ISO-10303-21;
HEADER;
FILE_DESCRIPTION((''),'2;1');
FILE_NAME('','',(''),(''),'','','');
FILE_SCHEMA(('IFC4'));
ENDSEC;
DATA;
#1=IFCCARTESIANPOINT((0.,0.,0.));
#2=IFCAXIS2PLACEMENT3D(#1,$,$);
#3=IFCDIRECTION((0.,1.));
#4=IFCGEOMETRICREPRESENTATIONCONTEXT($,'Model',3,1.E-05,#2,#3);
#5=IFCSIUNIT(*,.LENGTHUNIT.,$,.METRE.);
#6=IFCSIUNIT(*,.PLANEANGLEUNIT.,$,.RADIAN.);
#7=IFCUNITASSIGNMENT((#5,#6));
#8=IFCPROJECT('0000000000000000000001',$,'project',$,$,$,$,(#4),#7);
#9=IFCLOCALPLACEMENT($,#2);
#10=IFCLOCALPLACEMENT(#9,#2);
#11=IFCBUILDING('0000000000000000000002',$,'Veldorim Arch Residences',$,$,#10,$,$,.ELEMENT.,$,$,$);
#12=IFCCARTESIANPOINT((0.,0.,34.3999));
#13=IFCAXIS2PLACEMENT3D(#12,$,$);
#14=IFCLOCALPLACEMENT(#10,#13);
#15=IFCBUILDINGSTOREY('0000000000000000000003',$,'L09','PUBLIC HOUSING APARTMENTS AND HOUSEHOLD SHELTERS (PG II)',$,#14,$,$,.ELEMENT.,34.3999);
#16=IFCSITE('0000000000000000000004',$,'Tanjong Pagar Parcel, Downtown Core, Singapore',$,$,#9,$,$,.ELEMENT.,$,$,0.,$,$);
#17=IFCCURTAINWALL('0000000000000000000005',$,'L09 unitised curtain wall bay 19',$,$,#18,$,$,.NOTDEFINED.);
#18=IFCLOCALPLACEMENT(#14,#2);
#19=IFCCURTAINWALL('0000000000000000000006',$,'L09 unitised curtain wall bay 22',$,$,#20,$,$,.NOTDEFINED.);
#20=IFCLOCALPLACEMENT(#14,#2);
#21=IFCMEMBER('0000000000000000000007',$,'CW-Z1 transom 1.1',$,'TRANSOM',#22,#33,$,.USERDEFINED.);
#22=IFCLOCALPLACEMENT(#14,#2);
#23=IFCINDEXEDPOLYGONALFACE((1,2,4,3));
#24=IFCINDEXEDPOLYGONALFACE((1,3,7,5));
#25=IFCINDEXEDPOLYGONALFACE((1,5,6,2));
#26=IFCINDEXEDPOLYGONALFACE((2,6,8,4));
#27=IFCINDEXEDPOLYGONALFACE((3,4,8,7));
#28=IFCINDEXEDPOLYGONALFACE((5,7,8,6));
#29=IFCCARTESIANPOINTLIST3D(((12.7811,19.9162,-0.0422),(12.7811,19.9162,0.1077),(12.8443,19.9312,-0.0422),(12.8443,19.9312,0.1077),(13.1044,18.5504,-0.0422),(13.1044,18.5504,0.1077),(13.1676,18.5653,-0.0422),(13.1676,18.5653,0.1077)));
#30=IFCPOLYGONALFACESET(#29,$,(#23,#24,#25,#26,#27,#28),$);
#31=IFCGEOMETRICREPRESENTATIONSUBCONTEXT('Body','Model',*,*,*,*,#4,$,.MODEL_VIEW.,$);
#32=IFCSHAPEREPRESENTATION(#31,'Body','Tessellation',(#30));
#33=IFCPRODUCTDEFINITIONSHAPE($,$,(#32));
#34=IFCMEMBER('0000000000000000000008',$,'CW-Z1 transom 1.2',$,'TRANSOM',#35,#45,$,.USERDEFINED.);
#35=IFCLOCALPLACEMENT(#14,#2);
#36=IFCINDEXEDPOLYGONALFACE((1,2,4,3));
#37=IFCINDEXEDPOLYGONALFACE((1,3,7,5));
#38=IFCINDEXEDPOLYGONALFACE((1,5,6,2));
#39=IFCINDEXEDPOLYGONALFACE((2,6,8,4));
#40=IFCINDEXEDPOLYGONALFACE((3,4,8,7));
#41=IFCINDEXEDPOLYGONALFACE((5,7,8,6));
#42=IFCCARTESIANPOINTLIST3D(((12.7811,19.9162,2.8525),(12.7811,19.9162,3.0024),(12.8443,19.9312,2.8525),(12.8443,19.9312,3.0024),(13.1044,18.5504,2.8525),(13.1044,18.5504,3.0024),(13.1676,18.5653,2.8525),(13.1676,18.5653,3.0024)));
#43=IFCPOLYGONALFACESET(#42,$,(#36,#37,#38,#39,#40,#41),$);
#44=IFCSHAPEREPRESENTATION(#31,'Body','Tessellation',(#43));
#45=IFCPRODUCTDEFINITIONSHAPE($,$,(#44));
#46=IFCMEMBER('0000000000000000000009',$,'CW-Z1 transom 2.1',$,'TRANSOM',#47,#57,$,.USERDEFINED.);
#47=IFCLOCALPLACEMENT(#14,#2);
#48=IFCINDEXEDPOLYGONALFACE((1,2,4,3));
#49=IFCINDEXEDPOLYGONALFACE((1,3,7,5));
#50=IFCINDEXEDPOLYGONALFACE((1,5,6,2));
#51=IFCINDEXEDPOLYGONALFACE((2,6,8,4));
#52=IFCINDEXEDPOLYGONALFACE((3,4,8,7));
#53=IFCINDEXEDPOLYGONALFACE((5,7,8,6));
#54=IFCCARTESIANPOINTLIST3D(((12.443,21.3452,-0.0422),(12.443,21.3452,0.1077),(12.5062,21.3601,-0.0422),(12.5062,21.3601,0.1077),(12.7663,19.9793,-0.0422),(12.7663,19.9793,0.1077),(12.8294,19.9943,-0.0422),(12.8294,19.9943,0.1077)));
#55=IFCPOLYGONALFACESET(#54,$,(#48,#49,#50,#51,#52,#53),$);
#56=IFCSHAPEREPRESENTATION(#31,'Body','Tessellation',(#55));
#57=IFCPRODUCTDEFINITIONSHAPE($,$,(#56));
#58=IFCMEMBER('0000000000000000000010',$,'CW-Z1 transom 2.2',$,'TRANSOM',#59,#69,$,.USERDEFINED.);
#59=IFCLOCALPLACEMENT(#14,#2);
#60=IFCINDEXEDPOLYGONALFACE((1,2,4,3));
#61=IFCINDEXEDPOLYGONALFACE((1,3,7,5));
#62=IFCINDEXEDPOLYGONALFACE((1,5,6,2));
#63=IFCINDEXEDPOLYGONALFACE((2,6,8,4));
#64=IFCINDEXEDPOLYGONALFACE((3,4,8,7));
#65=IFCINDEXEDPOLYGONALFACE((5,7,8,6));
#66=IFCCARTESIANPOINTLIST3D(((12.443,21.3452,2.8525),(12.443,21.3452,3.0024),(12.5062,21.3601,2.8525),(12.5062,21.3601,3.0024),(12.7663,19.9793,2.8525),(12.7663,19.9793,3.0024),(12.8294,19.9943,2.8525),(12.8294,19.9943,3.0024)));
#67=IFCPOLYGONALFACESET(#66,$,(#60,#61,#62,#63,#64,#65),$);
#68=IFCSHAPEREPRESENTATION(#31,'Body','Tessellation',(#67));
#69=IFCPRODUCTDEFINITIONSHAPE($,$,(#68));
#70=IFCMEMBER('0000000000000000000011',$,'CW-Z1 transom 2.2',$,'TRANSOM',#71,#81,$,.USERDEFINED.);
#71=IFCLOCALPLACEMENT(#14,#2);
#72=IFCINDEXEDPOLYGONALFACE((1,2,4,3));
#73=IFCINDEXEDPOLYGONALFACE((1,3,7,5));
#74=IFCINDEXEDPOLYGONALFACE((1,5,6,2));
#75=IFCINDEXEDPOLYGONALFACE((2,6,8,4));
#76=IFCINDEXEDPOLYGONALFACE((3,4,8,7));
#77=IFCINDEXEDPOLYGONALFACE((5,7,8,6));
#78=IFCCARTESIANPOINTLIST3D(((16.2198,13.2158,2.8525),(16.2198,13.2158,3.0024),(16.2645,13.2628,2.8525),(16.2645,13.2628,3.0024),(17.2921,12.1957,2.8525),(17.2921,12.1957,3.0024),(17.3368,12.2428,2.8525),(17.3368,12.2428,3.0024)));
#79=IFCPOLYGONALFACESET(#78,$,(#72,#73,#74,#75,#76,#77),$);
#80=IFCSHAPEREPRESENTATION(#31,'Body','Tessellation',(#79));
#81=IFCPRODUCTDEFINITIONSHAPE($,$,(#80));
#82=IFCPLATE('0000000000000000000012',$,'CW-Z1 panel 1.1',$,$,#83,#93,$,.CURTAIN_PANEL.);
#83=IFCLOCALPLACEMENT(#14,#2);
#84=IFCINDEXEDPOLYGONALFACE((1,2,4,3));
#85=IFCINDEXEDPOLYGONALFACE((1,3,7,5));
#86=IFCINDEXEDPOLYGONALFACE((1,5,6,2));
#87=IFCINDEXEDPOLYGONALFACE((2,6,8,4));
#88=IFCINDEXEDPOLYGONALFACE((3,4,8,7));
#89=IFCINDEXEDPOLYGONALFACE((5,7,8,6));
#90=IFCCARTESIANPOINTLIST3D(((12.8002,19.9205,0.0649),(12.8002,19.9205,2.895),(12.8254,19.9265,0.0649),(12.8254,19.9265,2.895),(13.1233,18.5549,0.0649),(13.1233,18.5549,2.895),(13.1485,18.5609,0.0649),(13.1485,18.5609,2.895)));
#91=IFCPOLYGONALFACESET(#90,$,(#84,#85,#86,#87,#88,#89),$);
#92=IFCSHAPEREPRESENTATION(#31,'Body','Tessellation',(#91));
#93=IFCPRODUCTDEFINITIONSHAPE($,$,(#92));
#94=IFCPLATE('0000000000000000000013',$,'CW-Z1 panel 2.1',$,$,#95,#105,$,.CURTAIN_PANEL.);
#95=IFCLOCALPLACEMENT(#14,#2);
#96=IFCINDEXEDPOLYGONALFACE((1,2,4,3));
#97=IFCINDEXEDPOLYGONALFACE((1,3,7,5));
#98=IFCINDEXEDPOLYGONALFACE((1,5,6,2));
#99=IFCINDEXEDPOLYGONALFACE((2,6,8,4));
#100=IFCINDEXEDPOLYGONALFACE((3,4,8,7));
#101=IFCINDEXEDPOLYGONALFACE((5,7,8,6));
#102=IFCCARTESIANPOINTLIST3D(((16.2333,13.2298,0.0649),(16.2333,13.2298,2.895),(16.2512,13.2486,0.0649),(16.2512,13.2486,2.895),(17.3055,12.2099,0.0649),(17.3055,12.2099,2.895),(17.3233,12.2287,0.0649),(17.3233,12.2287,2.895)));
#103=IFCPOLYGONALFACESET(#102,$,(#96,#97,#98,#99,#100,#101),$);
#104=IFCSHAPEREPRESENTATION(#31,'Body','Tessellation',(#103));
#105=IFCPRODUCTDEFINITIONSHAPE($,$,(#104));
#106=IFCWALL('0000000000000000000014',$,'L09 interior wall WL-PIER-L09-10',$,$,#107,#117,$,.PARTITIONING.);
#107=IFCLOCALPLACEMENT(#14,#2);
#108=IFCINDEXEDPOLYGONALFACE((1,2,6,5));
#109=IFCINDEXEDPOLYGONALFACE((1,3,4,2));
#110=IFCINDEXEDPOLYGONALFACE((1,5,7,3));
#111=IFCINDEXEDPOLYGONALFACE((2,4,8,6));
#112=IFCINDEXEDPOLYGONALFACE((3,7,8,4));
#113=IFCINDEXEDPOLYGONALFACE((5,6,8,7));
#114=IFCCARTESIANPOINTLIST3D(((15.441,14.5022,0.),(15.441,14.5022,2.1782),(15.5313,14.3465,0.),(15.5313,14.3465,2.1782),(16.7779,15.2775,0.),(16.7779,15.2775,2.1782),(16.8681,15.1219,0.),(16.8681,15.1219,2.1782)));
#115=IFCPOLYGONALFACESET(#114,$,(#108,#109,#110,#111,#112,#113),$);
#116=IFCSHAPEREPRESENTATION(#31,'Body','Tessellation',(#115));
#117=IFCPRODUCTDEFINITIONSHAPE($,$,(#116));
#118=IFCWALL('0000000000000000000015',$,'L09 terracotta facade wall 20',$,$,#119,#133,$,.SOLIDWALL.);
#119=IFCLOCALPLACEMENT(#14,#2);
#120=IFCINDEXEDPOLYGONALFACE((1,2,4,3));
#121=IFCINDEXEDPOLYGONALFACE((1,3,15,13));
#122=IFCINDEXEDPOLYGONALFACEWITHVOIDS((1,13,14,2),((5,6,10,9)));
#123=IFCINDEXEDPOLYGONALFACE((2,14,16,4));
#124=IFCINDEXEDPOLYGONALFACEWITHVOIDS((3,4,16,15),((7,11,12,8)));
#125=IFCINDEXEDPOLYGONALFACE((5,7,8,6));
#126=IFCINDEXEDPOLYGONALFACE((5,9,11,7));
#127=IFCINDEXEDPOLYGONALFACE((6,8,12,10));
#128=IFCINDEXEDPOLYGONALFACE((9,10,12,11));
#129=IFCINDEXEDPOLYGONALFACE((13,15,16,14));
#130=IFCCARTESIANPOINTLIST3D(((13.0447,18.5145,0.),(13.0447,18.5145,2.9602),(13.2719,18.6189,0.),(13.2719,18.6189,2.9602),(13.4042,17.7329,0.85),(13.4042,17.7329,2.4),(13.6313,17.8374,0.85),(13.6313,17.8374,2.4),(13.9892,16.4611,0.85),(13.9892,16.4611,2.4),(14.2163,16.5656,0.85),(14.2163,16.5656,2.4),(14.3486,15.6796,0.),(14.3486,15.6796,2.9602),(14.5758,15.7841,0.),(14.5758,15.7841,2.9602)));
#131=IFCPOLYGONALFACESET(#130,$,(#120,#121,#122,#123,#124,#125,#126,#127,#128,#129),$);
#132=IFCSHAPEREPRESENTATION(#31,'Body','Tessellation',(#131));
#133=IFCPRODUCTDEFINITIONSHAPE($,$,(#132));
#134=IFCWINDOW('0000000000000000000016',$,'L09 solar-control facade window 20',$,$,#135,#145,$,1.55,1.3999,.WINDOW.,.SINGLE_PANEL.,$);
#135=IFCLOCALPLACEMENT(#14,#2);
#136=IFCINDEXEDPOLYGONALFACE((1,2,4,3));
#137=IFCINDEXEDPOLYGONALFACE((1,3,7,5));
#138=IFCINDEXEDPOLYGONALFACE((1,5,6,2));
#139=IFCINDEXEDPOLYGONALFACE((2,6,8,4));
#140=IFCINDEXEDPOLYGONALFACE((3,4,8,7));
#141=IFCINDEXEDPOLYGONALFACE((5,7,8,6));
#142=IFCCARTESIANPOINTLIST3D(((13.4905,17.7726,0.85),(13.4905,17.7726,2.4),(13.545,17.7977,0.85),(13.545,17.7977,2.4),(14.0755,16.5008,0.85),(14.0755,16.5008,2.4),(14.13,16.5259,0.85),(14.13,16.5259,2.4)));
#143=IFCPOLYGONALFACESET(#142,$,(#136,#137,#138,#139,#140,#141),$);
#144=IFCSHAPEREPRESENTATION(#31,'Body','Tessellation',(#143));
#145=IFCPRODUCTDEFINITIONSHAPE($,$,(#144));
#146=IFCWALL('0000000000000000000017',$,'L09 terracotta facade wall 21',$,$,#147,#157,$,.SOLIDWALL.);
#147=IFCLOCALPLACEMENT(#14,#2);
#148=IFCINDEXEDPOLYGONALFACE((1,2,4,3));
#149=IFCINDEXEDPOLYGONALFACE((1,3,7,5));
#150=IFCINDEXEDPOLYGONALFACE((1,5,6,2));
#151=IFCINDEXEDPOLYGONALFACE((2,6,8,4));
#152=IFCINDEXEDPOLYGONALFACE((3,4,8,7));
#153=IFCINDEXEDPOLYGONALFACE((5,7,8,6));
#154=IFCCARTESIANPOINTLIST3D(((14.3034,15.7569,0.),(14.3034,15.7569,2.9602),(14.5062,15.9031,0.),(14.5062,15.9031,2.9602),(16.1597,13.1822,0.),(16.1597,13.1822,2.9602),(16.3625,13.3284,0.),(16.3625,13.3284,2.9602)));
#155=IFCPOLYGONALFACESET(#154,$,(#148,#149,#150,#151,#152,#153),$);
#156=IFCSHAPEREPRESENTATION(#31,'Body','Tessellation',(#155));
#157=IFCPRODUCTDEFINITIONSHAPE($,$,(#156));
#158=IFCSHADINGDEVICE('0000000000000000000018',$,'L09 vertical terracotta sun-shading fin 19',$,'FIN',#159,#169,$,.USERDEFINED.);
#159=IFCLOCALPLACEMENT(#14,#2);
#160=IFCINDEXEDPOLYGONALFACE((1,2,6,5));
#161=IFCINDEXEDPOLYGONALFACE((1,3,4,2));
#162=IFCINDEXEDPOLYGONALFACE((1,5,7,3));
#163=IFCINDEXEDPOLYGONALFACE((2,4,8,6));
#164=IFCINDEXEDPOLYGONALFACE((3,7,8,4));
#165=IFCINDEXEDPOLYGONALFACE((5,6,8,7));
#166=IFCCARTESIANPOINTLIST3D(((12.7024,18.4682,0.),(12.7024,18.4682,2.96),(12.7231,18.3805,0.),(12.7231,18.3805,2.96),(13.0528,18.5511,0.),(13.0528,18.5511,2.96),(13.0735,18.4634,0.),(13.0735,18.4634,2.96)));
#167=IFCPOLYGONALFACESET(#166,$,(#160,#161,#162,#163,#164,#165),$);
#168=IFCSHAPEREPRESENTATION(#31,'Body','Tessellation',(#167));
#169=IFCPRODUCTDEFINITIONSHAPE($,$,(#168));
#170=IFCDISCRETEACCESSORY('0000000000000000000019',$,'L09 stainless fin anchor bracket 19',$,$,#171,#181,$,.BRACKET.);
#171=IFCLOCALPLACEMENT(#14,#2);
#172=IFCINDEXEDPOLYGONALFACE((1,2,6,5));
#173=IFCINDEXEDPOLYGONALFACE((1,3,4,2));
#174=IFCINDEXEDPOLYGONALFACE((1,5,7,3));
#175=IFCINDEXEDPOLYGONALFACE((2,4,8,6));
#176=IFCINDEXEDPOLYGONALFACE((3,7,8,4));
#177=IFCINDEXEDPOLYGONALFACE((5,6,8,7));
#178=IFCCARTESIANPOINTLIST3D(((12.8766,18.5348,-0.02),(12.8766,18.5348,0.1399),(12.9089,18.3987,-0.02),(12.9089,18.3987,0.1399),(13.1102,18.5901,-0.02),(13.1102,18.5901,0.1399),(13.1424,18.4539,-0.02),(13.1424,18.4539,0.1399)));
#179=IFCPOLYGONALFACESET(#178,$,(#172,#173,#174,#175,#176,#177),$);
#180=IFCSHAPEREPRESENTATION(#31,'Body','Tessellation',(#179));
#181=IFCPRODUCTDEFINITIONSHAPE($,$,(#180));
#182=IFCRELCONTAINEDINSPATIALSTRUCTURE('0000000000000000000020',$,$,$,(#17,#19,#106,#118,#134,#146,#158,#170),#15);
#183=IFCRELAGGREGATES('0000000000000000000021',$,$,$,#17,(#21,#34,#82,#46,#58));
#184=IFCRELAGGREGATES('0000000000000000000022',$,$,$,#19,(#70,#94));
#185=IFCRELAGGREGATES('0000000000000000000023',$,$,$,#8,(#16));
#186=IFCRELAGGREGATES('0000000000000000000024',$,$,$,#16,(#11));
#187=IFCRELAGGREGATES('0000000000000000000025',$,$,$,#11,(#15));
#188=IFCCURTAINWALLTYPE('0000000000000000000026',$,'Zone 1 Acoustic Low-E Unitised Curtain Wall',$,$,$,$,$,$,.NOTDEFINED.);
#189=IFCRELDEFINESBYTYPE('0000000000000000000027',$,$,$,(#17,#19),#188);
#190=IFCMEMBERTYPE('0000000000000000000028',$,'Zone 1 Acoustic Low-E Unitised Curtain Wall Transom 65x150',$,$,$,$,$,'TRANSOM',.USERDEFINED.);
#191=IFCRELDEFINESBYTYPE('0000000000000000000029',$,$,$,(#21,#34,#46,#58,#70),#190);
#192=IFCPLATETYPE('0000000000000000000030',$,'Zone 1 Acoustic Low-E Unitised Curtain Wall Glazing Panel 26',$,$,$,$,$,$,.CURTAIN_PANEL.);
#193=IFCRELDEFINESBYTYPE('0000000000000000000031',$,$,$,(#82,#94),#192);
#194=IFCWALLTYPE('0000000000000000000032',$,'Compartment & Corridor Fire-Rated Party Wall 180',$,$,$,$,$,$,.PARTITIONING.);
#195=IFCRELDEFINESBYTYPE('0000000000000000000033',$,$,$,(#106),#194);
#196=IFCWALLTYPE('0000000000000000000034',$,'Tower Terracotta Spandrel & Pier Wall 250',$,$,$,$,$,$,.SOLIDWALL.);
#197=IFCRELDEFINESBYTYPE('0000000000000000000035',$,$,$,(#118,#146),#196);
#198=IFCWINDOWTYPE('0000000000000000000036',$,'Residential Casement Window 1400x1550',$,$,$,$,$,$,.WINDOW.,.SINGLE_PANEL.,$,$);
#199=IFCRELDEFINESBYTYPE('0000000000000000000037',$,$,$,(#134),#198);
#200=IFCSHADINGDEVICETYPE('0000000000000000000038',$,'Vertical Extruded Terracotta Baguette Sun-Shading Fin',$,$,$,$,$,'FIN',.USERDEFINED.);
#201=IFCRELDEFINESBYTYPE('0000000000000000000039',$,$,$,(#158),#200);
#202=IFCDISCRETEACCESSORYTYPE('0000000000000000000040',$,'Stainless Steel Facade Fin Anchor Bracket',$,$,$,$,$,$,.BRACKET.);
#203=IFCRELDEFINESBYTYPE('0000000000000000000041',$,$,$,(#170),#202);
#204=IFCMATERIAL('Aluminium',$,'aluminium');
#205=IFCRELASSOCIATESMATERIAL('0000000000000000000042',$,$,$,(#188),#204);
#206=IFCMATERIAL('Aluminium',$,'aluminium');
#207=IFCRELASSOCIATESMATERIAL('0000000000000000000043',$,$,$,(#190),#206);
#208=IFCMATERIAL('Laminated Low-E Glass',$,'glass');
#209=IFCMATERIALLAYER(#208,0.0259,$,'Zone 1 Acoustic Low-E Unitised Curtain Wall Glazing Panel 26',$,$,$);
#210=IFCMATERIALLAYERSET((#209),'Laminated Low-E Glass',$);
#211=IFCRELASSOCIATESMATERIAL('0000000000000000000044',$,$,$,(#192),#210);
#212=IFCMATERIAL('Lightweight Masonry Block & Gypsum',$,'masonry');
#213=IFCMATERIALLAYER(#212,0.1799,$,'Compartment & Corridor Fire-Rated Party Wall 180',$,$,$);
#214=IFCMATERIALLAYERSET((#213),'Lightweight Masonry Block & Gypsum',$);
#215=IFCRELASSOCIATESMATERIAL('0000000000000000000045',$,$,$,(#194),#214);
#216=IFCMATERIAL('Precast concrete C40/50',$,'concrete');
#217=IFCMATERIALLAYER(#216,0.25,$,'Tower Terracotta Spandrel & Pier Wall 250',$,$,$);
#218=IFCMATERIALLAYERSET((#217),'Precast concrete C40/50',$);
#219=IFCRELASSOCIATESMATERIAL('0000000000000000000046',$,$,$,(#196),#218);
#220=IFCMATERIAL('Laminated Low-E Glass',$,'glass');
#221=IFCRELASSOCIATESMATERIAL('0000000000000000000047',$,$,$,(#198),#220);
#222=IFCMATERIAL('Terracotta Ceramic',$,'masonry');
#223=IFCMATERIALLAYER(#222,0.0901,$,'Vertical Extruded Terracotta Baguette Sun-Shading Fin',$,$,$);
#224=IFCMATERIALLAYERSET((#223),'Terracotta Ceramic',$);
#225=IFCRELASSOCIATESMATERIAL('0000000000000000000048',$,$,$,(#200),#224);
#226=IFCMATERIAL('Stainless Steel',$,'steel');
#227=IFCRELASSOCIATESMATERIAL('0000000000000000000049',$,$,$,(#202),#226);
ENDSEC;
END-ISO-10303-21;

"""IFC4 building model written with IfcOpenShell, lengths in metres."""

from ifc_helpers import new_model, si_unit, direction, frame, frame_2d, origin, origin_2d, place, context, subcontext, project, spatial, rectangle, extrude, material, layer, layer_set, material_profile, profile_set, type_object, element, fill, aggregate, save


model = new_model("IFC4")

# Units and contexts
model_context = context("Model", 3, precision=1e-05, world=origin(), true_north=direction((0.0, 1.0)))
body_context = subcontext(model_context, "Body", "Model", "MODEL_VIEW")
ifc_project = project(units=[si_unit("LENGTHUNIT", "METRE"), si_unit("PLANEANGLEUNIT", "RADIAN")], contexts=[model_context])

# Site, building, storey
site_placement = place(None, origin())
site = spatial("IfcSite", under=ifc_project, at=site_placement, Name="Tanjong Pagar Parcel, Downtown Core, Singapore", CompositionType="ELEMENT", RefElevation=0.0)
building_placement = place(site_placement, origin())
building = spatial("IfcBuilding", under=site, at=building_placement, Name="Veldorim Arch Residences", CompositionType="ELEMENT")
storey_placement = place(building_placement, frame((0.0, 0.0, 34.3999)))
storey = spatial("IfcBuildingStorey", under=building, at=storey_placement, Name="L09", Description="PUBLIC HOUSING APARTMENTS AND HOUSEHOLD SHELTERS (PG II)", CompositionType="ELEMENT", Elevation=34.3999)

# Curtain wall
ifc_material_1 = material(Name="Aluminium", Category="aluminium")
curtain_wall_type = type_object("IfcCurtainWallType", Name="Zone 1 Acoustic Low-E Unitised Curtain Wall", PredefinedType="NOTDEFINED", material=ifc_material_1)
curtain_wall_1_placement = place(storey_placement, origin())
curtain_wall_1 = element("IfcCurtainWall", 1, at=curtain_wall_1_placement, inside=storey, type_object=curtain_wall_type, Name="L09 unitised curtain wall bay 19", PredefinedType="NOTDEFINED")

# Curtain wall
curtain_wall_2_placement = place(storey_placement, origin())
curtain_wall_2 = element("IfcCurtainWall", 2, at=curtain_wall_2_placement, inside=storey, type_object=curtain_wall_type, Name="L09 unitised curtain wall bay 22", PredefinedType="NOTDEFINED")

# Members
ifc_material_2 = material(Name="Aluminium", Category="aluminium")
ifc_material_profile_1 = material_profile(ifc_material_2, rectangle(XDim=0.0649, YDim=0.1499, at=origin_2d()), Name="ALU_TRN_65x150")
ifc_profile_set_1 = profile_set([ifc_material_profile_1], Name="Aluminium")
member_type_1 = type_object("IfcMemberType", Name="Zone 1 Acoustic Low-E Unitised Curtain Wall Transom 65x150", ElementType="TRANSOM", PredefinedType="USERDEFINED", material=ifc_profile_set_1)
member_1_placement = place(storey_placement, frame((13.136, 18.5579, 0.0327), z_axis=(-0.230319, 0.973115, 0.0), x_axis=(-0.973115, -0.230319, 0.0)))
member_1 = element("IfcMember", 3, at=member_1_placement, type_object=member_type_1, Name="CW-Z1 transom 1.1", ObjectType="TRANSOM", PredefinedType="USERDEFINED", context=body_context, shape_type="SweptSolid", body=[
    extrude(rectangle(XDim=0.0649, YDim=0.1499, at=origin_2d()), origin(), (0.0, 0.0, 1.0), 1.4036),
])
member_2_placement = place(storey_placement, frame((13.136, 18.5579, 2.9275), z_axis=(-0.230319, 0.973115, 0.0), x_axis=(-0.973115, -0.230319, 0.0)))
member_2 = element("IfcMember", 4, at=member_2_placement, type_object=member_type_1, Name="CW-Z1 transom 1.2", ObjectType="TRANSOM", PredefinedType="USERDEFINED", context=body_context, shape_type="SweptSolid", body=[
    extrude(rectangle(XDim=0.0649, YDim=0.1499, at=origin_2d()), origin(), (0.0, 0.0, 1.0), 1.4036),
])
member_3_placement = place(storey_placement, frame((12.7979, 19.9868, 0.0327), z_axis=(-0.230319, 0.973115, 0.0), x_axis=(-0.973115, -0.230319, 0.0)))
member_3 = element("IfcMember", 5, at=member_3_placement, type_object=member_type_1, Name="CW-Z1 transom 2.1", ObjectType="TRANSOM", PredefinedType="USERDEFINED", context=body_context, shape_type="SweptSolid", body=[
    extrude(rectangle(XDim=0.0649, YDim=0.1499, at=origin_2d()), origin(), (0.0, 0.0, 1.0), 1.4036),
])
member_4_placement = place(storey_placement, frame((12.7979, 19.9868, 2.9275), z_axis=(-0.230319, 0.973115, 0.0), x_axis=(-0.973115, -0.230319, 0.0)))
member_4 = element("IfcMember", 6, at=member_4_placement, type_object=member_type_1, Name="CW-Z1 transom 2.2", ObjectType="TRANSOM", PredefinedType="USERDEFINED", context=body_context, shape_type="SweptSolid", body=[
    extrude(rectangle(XDim=0.0649, YDim=0.1499, at=origin_2d()), origin(), (0.0, 0.0, 1.0), 1.4036),
])
member_5_placement = place(storey_placement, frame((17.3145, 12.2192, 2.9275), z_axis=(-0.724538, 0.689235, 0.0), x_axis=(-0.689235, -0.724538, 0.0)))
member_5 = element("IfcMember", 7, at=member_5_placement, type_object=member_type_1, Name="CW-Z1 transom 2.2", ObjectType="TRANSOM", PredefinedType="USERDEFINED", context=body_context, shape_type="SweptSolid", body=[
    extrude(rectangle(XDim=0.0649, YDim=0.1499, at=origin_2d()), origin(), (0.0, 0.0, 1.0), 1.48),
])

# Plates
ifc_material_3 = material(Name="Laminated Low-E Glass", Category="glass")
ifc_layer_1 = layer(ifc_material_3, 0.0259, Name="Zone 1 Acoustic Low-E Unitised Curtain Wall Glazing Panel 26")
ifc_layer_set_1 = layer_set([ifc_layer_1], Name="Laminated Low-E Glass")
plate_type = type_object("IfcPlateType", Name="Zone 1 Acoustic Low-E Unitised Curtain Wall Glazing Panel 26", PredefinedType="CURTAIN_PANEL", material=ifc_layer_set_1)
plate_1_placement = place(storey_placement, frame((12.9744, 19.2407, 0.0649), z_axis=(0.0, 0.0, 1.0), x_axis=(-0.230257, 0.97313, 0.0)))
plate_1 = element("IfcPlate", 8, at=plate_1_placement, type_object=plate_type, Name="CW-Z1 panel 1.1", PredefinedType="CURTAIN_PANEL", context=body_context, shape_type="SweptSolid", body=[
    extrude(rectangle(XDim=1.4033, YDim=0.0259, at=origin_2d()), origin(), (0.0, 0.0, 1.0), 2.8301),
])
aggregate(curtain_wall_1, [member_1, member_2, plate_1, member_3, member_4])
plate_2_placement = place(storey_placement, frame((16.7783, 12.7292, 0.0649), z_axis=(0.0, 0.0, 1.0), x_axis=(-0.724528, 0.689245, 0.0)))
plate_2 = element("IfcPlate", 9, at=plate_2_placement, type_object=plate_type, Name="CW-Z1 panel 2.1", PredefinedType="CURTAIN_PANEL", context=body_context, shape_type="SweptSolid", body=[
    extrude(rectangle(XDim=1.4797, YDim=0.0259, at=origin_2d()), origin(), (0.0, 0.0, 1.0), 2.8301),
])
aggregate(curtain_wall_2, [member_5, plate_2])

# Wall
ifc_material_4 = material(Name="Lightweight Masonry Block & Gypsum", Category="masonry")
ifc_layer_2 = layer(ifc_material_4, 0.1799, Name="Compartment & Corridor Fire-Rated Party Wall 180")
ifc_layer_set_2 = layer_set([ifc_layer_2], Name="Lightweight Masonry Block & Gypsum")
wall_type_1 = type_object("IfcWallType", Name="Compartment & Corridor Fire-Rated Party Wall 180", PredefinedType="PARTITIONING", material=ifc_layer_set_2)
wall_1_placement = place(storey_placement, frame((16.823, 15.1997, 0.0), z_axis=(0.0, 0.0, 1.0), x_axis=(-0.865037, -0.501709, 0.0)))
element("IfcWall", 10, at=wall_1_placement, inside=storey, type_object=wall_type_1, Name="L09 interior wall WL-PIER-L09-10", PredefinedType="PARTITIONING", context=body_context, shape_type="SweptSolid", body=[
    extrude(rectangle(XDim=1.5454, YDim=0.1799, at=frame_2d((0.7727, 0.0))), origin(), (0.0, 0.0, 1.0), 2.1782),
])

# Wall, opening, window
ifc_material_5 = material(Name="Precast concrete C40/50", Category="concrete")
ifc_layer_3 = layer(ifc_material_5, 0.25, Name="Tower Terracotta Spandrel & Pier Wall 250")
ifc_layer_set_3 = layer_set([ifc_layer_3], Name="Precast concrete C40/50")
wall_type_2 = type_object("IfcWallType", Name="Tower Terracotta Spandrel & Pier Wall 250", PredefinedType="SOLIDWALL", material=ifc_layer_set_3)
wall_2_placement = place(storey_placement, frame((14.4622, 15.7319, 0.0), z_axis=(0.0, 0.0, 1.0), x_axis=(-0.417872, 0.908506, 0.0)))
wall_2 = element("IfcWall", 11, at=wall_2_placement, inside=storey, type_object=wall_type_2, Name="L09 terracotta facade wall 20", PredefinedType="SOLIDWALL", context=body_context, shape_type="SweptSolid", body=[
    extrude(rectangle(XDim=3.1204, YDim=0.25, at=frame_2d((1.5601, 0.0))), origin(), (0.0, 0.0, 1.0), 2.9602),
])
opening_placement = place(wall_2_placement, frame((0.8601, 0.0, 0.8501)))
opening = element("IfcOpeningElement", 12, at=opening_placement, cuts=wall_2, PredefinedType="OPENING", context=body_context, shape_type="SweptSolid", body=[
    extrude(rectangle(XDim=1.3999, YDim=1.55, at=frame_2d((0.7, 0.7749))), frame((0.0, 0.135, 0.0), z_axis=(0.0, -1.0, 0.0), x_axis=(1.0, 0.0, 0.0)), (0.0, 0.0, 1.0), 0.27),
])
ifc_material_6 = material(Name="Laminated Low-E Glass", Category="glass")
window_type = type_object("IfcWindowType", Name="Residential Casement Window 1400x1550", PartitioningType="SINGLE_PANEL", PredefinedType="WINDOW", material=ifc_material_6)
window_placement = place(opening_placement, origin())
window = element("IfcWindow", 13, at=window_placement, inside=storey, type_object=window_type, Name="L09 solar-control facade window 20", OverallHeight=1.55, OverallWidth=1.3999, PartitioningType="SINGLE_PANEL", PredefinedType="WINDOW", context=body_context, shape_type="SweptSolid", body=[
    extrude(rectangle(XDim=1.3999, YDim=1.55, at=frame_2d((0.7, 0.7749))), frame((0.0, 0.03, 0.0), z_axis=(0.0, -1.0, 0.0), x_axis=(1.0, 0.0, 0.0)), (0.0, 0.0, 1.0), 0.0601),
])
fill(opening, window)

# Wall
wall_3_placement = place(storey_placement, frame((16.261, 13.2554, 0.0), z_axis=(0.0, 0.0, 1.0), x_axis=(-0.584805, 0.811174, 0.0)))
element("IfcWall", 14, at=wall_3_placement, inside=storey, type_object=wall_type_2, Name="L09 terracotta facade wall 21", PredefinedType="SOLIDWALL", context=body_context, shape_type="SweptSolid", body=[
    extrude(rectangle(XDim=3.1741, YDim=0.25, at=frame_2d((1.5869, 0.0))), origin(), (0.0, 0.0, 1.0), 2.9602),
])

# Shading device
ifc_material_7 = material(Name="Terracotta Ceramic", Category="masonry")
ifc_layer_4 = layer(ifc_material_7, 0.0901, Name="Vertical Extruded Terracotta Baguette Sun-Shading Fin")
ifc_layer_set_4 = layer_set([ifc_layer_4], Name="Terracotta Ceramic")
shading_device_type = type_object("IfcShadingDeviceType", Name="Vertical Extruded Terracotta Baguette Sun-Shading Fin", ElementType="FIN", PredefinedType="USERDEFINED", material=ifc_layer_set_4)
shading_device_placement = place(storey_placement, frame((12.8879, 18.4658, 0.0), z_axis=(0.0, 0.0, 1.0), x_axis=(-0.23022, 0.973139, 0.0)))
element("IfcShadingDevice", 15, at=shading_device_placement, inside=storey, type_object=shading_device_type, Name="L09 vertical terracotta sun-shading fin 19", ObjectType="FIN", PredefinedType="USERDEFINED", context=body_context, shape_type="SweptSolid", body=[
    extrude(rectangle(XDim=0.0901, YDim=0.3601, at=origin_2d()), origin(), (0.0, 0.0, 1.0), 2.96),
])

# Discrete accessory
ifc_material_8 = material(Name="Stainless Steel", Category="steel")
discrete_accessory_type = type_object("IfcDiscreteAccessoryType", Name="Stainless Steel Facade Fin Anchor Bracket", PredefinedType="BRACKET", material=ifc_material_8)
discrete_accessory_placement = place(storey_placement, frame((13.0095, 18.4944, -0.02), z_axis=(0.0, 0.0, 1.0), x_axis=(-0.23022, 0.973139, 0.0)))
element("IfcDiscreteAccessory", 16, at=discrete_accessory_placement, inside=storey, type_object=discrete_accessory_type, Name="L09 stainless fin anchor bracket 19", PredefinedType="BRACKET", context=body_context, shape_type="SweptSolid", body=[
    extrude(rectangle(XDim=0.1399, YDim=0.24, at=origin_2d()), origin(), (0.0, 0.0, 1.0), 0.1599),
])

save(model, "model.ifc")
